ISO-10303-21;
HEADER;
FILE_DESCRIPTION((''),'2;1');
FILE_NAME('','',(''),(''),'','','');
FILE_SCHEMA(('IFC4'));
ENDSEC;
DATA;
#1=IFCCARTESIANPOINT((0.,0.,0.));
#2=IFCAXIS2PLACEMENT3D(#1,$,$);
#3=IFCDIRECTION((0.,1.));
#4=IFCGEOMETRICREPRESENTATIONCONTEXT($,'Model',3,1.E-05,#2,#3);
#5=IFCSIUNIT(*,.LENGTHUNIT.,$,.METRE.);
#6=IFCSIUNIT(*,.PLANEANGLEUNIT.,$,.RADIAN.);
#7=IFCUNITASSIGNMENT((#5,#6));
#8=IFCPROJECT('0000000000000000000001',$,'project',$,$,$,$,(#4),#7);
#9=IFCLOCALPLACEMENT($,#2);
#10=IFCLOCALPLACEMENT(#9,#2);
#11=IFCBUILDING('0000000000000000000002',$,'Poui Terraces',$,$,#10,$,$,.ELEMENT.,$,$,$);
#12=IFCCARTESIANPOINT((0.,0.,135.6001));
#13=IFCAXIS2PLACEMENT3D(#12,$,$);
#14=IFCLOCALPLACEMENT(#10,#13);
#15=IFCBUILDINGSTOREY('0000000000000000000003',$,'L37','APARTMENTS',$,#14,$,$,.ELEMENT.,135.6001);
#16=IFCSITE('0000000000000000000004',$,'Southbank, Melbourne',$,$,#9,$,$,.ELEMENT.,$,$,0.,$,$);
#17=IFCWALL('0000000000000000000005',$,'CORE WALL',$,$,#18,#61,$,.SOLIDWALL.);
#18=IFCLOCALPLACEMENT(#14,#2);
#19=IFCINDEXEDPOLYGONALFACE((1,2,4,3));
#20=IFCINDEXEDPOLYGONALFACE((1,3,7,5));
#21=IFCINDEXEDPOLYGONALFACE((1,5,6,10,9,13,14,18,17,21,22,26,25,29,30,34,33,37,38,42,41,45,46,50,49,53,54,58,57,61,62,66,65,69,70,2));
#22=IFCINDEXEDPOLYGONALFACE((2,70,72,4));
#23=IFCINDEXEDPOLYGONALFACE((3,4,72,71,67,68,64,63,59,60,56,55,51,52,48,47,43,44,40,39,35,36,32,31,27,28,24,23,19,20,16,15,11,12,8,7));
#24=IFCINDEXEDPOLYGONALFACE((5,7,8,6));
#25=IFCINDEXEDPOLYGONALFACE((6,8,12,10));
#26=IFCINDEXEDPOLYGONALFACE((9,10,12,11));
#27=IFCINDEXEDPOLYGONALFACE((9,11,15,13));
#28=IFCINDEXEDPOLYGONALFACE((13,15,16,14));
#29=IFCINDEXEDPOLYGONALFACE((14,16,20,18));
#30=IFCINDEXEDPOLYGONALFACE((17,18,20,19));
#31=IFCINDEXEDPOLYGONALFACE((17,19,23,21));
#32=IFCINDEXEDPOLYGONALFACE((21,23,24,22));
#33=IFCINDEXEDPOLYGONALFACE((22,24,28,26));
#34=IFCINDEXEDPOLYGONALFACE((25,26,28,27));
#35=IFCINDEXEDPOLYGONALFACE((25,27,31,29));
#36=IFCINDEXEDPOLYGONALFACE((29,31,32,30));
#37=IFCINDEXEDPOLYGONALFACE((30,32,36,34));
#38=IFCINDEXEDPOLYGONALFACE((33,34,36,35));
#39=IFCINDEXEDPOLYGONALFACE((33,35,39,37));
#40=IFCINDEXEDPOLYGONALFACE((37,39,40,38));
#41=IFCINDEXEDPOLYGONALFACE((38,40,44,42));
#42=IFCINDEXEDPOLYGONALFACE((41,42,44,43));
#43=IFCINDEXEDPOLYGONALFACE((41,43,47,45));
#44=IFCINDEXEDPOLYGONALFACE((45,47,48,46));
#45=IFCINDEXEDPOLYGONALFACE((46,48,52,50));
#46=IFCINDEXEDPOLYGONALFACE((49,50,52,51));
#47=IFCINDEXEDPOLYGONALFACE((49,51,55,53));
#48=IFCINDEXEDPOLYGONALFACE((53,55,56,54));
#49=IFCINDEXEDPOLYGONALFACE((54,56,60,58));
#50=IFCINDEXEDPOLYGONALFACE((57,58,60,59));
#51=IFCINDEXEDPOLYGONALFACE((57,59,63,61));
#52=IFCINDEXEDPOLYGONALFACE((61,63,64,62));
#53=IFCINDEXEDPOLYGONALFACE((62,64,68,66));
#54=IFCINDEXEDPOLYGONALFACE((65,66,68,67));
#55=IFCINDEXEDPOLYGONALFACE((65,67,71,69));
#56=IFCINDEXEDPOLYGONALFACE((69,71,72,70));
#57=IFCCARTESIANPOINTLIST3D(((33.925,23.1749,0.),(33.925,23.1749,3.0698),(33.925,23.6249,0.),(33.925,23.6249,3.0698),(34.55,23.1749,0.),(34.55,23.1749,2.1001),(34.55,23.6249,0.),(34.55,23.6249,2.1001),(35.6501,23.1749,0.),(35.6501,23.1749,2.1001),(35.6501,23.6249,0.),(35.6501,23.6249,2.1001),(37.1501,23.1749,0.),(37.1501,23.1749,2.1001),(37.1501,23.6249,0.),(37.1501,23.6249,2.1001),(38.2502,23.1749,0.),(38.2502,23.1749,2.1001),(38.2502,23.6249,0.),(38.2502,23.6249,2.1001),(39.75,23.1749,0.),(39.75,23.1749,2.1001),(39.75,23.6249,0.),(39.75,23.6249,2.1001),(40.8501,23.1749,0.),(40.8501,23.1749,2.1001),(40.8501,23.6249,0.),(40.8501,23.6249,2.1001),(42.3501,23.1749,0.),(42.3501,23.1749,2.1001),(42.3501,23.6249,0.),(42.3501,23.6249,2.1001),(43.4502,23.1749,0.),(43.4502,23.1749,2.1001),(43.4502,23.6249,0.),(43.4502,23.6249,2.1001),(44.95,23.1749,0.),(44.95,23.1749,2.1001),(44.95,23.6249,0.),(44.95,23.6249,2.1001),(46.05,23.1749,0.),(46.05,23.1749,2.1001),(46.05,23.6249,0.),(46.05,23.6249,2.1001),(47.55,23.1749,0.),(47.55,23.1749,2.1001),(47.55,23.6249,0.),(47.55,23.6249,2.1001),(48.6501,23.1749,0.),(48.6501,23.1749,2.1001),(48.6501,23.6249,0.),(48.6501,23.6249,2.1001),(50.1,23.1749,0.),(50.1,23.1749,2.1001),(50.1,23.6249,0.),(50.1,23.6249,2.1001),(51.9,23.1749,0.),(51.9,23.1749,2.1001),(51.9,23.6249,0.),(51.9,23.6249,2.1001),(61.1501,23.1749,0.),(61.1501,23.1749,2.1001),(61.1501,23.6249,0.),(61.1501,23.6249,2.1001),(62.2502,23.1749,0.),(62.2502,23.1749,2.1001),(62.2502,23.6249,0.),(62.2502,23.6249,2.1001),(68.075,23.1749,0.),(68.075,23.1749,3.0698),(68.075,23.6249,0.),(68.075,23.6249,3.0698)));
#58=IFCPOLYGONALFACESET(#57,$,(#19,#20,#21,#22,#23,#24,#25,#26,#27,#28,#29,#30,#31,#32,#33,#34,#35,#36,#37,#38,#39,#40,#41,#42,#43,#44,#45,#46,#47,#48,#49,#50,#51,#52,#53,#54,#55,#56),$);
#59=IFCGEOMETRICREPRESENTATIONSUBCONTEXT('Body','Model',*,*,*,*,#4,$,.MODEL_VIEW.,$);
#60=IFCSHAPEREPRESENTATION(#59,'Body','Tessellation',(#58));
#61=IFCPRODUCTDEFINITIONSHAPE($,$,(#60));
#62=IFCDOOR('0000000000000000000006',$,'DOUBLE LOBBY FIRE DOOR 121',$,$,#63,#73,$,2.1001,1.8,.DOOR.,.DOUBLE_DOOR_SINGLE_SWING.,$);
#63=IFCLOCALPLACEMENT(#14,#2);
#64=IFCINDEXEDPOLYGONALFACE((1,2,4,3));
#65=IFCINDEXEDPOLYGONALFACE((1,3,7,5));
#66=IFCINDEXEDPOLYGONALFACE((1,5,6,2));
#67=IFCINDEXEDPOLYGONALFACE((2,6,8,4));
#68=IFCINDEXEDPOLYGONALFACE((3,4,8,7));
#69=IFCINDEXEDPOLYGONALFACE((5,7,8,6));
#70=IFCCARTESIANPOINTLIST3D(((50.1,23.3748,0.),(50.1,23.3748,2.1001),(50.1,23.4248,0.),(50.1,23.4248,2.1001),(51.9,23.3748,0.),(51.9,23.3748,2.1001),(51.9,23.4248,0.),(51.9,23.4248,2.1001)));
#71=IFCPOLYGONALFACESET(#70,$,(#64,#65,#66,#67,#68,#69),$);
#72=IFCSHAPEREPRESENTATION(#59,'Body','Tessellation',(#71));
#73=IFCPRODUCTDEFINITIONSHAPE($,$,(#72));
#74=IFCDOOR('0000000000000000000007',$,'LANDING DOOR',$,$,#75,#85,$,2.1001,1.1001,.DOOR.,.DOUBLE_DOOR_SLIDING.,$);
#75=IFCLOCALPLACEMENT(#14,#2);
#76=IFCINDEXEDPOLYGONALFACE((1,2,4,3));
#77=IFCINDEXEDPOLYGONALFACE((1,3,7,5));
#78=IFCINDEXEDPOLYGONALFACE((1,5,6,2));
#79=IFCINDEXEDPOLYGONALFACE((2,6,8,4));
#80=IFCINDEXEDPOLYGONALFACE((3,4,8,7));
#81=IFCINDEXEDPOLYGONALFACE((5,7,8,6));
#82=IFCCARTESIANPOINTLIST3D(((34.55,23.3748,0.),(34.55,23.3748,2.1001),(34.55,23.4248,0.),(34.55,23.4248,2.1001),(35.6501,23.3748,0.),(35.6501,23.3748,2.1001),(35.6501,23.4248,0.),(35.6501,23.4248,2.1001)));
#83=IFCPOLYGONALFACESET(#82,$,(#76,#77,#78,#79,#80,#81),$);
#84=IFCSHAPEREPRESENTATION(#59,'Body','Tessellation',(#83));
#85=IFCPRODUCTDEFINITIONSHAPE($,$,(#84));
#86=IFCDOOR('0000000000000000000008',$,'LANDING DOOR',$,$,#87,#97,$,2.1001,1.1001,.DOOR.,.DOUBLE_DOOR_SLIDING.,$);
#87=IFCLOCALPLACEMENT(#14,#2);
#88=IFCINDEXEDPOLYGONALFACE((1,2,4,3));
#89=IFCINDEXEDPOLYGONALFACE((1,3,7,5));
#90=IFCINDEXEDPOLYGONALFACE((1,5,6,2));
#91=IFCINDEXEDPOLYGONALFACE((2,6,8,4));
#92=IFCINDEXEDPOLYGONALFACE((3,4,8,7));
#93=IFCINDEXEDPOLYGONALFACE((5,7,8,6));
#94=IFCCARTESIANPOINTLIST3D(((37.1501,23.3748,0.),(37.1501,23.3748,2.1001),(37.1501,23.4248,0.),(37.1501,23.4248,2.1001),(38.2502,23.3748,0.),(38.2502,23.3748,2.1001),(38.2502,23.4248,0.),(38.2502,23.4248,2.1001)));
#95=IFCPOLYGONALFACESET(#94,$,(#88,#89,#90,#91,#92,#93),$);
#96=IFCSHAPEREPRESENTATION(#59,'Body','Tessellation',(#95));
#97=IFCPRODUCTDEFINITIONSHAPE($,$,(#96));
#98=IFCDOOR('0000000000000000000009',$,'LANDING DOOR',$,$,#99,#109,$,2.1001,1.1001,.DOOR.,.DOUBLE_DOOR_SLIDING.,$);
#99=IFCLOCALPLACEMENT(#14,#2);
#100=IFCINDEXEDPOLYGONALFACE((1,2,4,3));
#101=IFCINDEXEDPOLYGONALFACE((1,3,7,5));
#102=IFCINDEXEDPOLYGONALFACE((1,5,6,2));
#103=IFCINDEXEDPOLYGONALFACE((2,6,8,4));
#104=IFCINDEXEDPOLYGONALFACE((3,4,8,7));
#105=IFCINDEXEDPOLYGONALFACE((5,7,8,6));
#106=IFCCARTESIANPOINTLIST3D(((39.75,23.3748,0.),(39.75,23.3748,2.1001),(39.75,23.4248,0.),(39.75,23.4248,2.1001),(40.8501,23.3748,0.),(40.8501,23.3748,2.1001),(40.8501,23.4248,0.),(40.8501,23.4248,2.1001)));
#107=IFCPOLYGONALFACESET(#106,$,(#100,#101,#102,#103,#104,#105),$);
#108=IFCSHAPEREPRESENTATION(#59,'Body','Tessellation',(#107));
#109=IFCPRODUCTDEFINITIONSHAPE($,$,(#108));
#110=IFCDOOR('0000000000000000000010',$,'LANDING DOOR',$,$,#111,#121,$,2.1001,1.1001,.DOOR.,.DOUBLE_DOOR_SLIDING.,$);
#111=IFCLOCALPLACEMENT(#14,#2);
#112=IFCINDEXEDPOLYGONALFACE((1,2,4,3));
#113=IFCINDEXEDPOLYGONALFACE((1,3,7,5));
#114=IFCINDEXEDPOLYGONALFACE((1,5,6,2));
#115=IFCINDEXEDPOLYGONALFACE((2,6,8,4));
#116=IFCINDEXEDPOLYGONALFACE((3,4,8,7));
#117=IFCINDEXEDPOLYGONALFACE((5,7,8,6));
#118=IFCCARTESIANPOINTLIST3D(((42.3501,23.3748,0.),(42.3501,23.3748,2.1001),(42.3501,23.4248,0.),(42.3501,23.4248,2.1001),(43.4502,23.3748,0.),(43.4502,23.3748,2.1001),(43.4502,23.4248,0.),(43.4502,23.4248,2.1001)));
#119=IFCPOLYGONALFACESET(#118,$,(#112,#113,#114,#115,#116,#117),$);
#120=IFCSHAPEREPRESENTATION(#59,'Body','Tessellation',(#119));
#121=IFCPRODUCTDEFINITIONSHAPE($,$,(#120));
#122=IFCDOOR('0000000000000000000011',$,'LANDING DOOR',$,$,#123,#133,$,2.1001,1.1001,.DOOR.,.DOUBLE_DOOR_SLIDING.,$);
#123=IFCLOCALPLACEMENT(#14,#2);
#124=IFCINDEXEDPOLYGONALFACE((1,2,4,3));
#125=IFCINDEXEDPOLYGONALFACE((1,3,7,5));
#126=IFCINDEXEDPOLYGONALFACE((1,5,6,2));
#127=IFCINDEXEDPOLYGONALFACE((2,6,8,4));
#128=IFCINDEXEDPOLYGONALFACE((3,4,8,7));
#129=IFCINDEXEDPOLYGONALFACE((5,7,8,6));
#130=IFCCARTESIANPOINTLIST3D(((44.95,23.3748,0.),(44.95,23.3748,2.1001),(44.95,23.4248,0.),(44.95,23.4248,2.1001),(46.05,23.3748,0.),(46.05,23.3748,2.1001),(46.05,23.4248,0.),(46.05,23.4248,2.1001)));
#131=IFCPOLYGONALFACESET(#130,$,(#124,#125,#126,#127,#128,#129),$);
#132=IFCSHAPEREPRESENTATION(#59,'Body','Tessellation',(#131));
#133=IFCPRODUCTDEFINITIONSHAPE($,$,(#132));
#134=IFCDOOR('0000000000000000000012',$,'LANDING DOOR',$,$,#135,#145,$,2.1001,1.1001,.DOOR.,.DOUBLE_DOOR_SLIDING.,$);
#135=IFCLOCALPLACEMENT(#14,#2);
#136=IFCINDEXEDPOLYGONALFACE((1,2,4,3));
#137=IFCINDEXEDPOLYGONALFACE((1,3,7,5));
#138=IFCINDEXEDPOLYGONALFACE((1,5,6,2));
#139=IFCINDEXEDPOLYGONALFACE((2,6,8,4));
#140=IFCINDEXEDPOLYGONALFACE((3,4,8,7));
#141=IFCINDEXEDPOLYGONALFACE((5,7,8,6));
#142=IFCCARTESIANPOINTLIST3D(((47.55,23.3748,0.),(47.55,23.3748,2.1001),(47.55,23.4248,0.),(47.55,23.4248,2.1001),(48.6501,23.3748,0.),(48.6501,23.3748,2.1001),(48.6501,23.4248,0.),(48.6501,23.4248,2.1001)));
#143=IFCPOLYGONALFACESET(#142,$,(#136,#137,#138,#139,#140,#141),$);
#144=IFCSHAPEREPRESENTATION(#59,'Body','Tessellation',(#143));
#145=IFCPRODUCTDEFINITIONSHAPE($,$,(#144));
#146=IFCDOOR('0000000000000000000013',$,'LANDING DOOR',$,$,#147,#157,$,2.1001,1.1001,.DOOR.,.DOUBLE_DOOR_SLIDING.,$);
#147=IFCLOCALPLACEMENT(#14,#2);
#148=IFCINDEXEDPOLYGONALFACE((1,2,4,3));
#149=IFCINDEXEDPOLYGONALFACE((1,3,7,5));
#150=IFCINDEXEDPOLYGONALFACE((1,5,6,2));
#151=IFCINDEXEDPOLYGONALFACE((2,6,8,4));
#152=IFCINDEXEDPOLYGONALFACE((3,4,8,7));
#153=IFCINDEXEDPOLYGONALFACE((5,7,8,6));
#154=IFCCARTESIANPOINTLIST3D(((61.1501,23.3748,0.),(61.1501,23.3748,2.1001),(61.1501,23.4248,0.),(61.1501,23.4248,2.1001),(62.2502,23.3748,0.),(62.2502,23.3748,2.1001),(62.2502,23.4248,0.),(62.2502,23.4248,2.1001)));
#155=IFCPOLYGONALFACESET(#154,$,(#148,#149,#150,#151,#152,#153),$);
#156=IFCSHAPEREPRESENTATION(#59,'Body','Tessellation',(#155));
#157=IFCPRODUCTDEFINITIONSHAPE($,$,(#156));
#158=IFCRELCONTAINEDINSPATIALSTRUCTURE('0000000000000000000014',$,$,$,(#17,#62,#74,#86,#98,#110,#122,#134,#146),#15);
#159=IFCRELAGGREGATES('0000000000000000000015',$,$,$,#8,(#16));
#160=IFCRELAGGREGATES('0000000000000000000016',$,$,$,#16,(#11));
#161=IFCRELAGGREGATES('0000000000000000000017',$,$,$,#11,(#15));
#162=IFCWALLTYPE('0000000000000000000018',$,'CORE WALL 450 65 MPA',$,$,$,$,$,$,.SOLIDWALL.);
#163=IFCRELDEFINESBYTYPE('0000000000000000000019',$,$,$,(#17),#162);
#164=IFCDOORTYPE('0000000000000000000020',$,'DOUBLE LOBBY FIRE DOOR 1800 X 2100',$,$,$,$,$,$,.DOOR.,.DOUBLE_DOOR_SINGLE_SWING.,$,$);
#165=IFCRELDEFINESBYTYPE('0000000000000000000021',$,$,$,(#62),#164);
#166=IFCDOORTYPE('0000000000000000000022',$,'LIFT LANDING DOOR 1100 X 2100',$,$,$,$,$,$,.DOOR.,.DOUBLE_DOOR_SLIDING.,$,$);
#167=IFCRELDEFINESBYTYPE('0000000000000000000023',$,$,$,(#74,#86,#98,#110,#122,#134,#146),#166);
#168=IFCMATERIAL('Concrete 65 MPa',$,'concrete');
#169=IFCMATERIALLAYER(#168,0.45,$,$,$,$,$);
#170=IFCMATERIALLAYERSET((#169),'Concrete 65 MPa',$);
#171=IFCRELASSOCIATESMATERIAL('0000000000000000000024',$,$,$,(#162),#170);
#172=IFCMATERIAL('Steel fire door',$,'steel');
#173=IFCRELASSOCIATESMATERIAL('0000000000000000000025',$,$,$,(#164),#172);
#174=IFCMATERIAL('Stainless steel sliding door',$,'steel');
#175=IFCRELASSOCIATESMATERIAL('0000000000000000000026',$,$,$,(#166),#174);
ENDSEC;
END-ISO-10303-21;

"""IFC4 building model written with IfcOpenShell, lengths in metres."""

from ifc_helpers import new_model, si_unit, direction, frame, frame_2d, origin, place, context, subcontext, project, spatial, rectangle, extrude, material, layer, layer_set, type_object, element, fill, save


model = new_model("IFC4")

# Units and contexts
model_context = context("Model", 3, precision=1e-05, world=origin(), true_north=direction((0.0, 1.0)))
body_context = subcontext(model_context, "Body", "Model", "MODEL_VIEW")
ifc_project = project(units=[si_unit("LENGTHUNIT", "METRE"), si_unit("PLANEANGLEUNIT", "RADIAN")], contexts=[model_context])

# Site, building, storey
site_placement = place(None, origin())
site = spatial("IfcSite", under=ifc_project, at=site_placement, Name="Southbank, Melbourne", CompositionType="ELEMENT", RefElevation=0.0)
building_placement = place(site_placement, origin())
building = spatial("IfcBuilding", under=site, at=building_placement, Name="Poui Terraces", CompositionType="ELEMENT")
storey_placement = place(building_placement, frame((0.0, 0.0, 135.6001)))
storey = spatial("IfcBuildingStorey", under=building, at=storey_placement, Name="L37", Description="APARTMENTS", CompositionType="ELEMENT", Elevation=135.6001)

# Wall, openings, doors
ifc_material_1 = material(Name="Concrete 65 MPa", Category="concrete")
ifc_layer_1 = layer(ifc_material_1, 0.45)
ifc_layer_set_1 = layer_set([ifc_layer_1], Name="Concrete 65 MPa")
wall_type_1 = type_object("IfcWallType", Name="CORE WALL 450 65 MPA", PredefinedType="SOLIDWALL", material=ifc_layer_set_1)
ifc_material_2 = material(Name="Steel fire door", Category="steel")
door_type_1 = type_object("IfcDoorType", Name="DOUBLE LOBBY FIRE DOOR 1800 X 2100", OperationType="DOUBLE_DOOR_SINGLE_SWING", PredefinedType="DOOR", material=ifc_material_2)
wall_1_placement = place(storey_placement, frame((33.925, 23.3999, 0.0), z_axis=(0.0, 0.0, 1.0), x_axis=(1.0, 0.0, 0.0)))
wall_1 = element("IfcWall", 1, at=wall_1_placement, inside=storey, type_object=wall_type_1, Name="CORE WALL", PredefinedType="SOLIDWALL", context=body_context, shape_type="SweptSolid", body=[
    extrude(rectangle(XDim=34.1499, YDim=0.45, at=frame_2d((17.075, 0.0))), origin(), (0.0, 0.0, 1.0), 3.0698),
])
opening_1_placement = place(wall_1_placement, frame((16.175, 0.0, 0.0)))
opening_1 = element("IfcOpeningElement", 2, at=opening_1_placement, cuts=wall_1, PredefinedType="OPENING", context=body_context, shape_type="SweptSolid", body=[
    extrude(rectangle(XDim=1.8, YDim=2.1001, at=frame_2d((0.8999, 1.05))), frame((0.0, 0.2349, 0.0), z_axis=(0.0, -1.0, 0.0), x_axis=(1.0, 0.0, 0.0)), (0.0, 0.0, 1.0), 0.47),
])
opening_2_placement = place(wall_1_placement, frame((0.625, 0.0, 0.0)))
opening_2 = element("IfcOpeningElement", 3, at=opening_2_placement, cuts=wall_1, PredefinedType="OPENING", context=body_context, shape_type="SweptSolid", body=[
    extrude(rectangle(XDim=1.1001, YDim=2.1001, at=frame_2d((0.55, 1.05))), frame((0.0, 0.2349, 0.0), z_axis=(0.0, -1.0, 0.0), x_axis=(1.0, 0.0, 0.0)), (0.0, 0.0, 1.0), 0.47),
])
opening_3_placement = place(wall_1_placement, frame((3.2251, 0.0, 0.0)))
opening_3 = element("IfcOpeningElement", 4, at=opening_3_placement, cuts=wall_1, PredefinedType="OPENING", context=body_context, shape_type="SweptSolid", body=[
    extrude(rectangle(XDim=1.1001, YDim=2.1001, at=frame_2d((0.55, 1.05))), frame((0.0, 0.2349, 0.0), z_axis=(0.0, -1.0, 0.0), x_axis=(1.0, 0.0, 0.0)), (0.0, 0.0, 1.0), 0.47),
])
opening_4_placement = place(wall_1_placement, frame((5.825, 0.0, 0.0)))
opening_4 = element("IfcOpeningElement", 5, at=opening_4_placement, cuts=wall_1, PredefinedType="OPENING", context=body_context, shape_type="SweptSolid", body=[
    extrude(rectangle(XDim=1.1001, YDim=2.1001, at=frame_2d((0.55, 1.05))), frame((0.0, 0.2349, 0.0), z_axis=(0.0, -1.0, 0.0), x_axis=(1.0, 0.0, 0.0)), (0.0, 0.0, 1.0), 0.47),
])
opening_5_placement = place(wall_1_placement, frame((8.425, 0.0, 0.0)))
opening_5 = element("IfcOpeningElement", 6, at=opening_5_placement, cuts=wall_1, PredefinedType="OPENING", context=body_context, shape_type="SweptSolid", body=[
    extrude(rectangle(XDim=1.1001, YDim=2.1001, at=frame_2d((0.55, 1.05))), frame((0.0, 0.2349, 0.0), z_axis=(0.0, -1.0, 0.0), x_axis=(1.0, 0.0, 0.0)), (0.0, 0.0, 1.0), 0.47),
])
opening_6_placement = place(wall_1_placement, frame((11.0249, 0.0, 0.0)))
opening_6 = element("IfcOpeningElement", 7, at=opening_6_placement, cuts=wall_1, PredefinedType="OPENING", context=body_context, shape_type="SweptSolid", body=[
    extrude(rectangle(XDim=1.1001, YDim=2.1001, at=frame_2d((0.55, 1.05))), frame((0.0, 0.2349, 0.0), z_axis=(0.0, -1.0, 0.0), x_axis=(1.0, 0.0, 0.0)), (0.0, 0.0, 1.0), 0.47),
])
opening_7_placement = place(wall_1_placement, frame((13.625, 0.0, 0.0)))
opening_7 = element("IfcOpeningElement", 8, at=opening_7_placement, cuts=wall_1, PredefinedType="OPENING", context=body_context, shape_type="SweptSolid", body=[
    extrude(rectangle(XDim=1.1001, YDim=2.1001, at=frame_2d((0.55, 1.05))), frame((0.0, 0.2349, 0.0), z_axis=(0.0, -1.0, 0.0), x_axis=(1.0, 0.0, 0.0)), (0.0, 0.0, 1.0), 0.47),
])
opening_8_placement = place(wall_1_placement, frame((27.2251, 0.0, 0.0)))
opening_8 = element("IfcOpeningElement", 9, at=opening_8_placement, cuts=wall_1, PredefinedType="OPENING", context=body_context, shape_type="SweptSolid", body=[
    extrude(rectangle(XDim=1.1001, YDim=2.1001, at=frame_2d((0.55, 1.05))), frame((0.0, 0.2349, 0.0), z_axis=(0.0, -1.0, 0.0), x_axis=(1.0, 0.0, 0.0)), (0.0, 0.0, 1.0), 0.47),
])
door_1_placement = place(opening_1_placement, origin())
door_1 = element("IfcDoor", 10, at=door_1_placement, inside=storey, type_object=door_type_1, Name="DOUBLE LOBBY FIRE DOOR 121", OperationType="DOUBLE_DOOR_SINGLE_SWING", OverallHeight=2.1001, OverallWidth=1.8, PredefinedType="DOOR", context=body_context, shape_type="SweptSolid", body=[
    extrude(rectangle(XDim=1.8, YDim=2.1001, at=frame_2d((0.8999, 1.05))), frame((0.0, 0.0249, 0.0), z_axis=(0.0, -1.0, 0.0), x_axis=(1.0, 0.0, 0.0)), (0.0, 0.0, 1.0), 0.05),
])
fill(opening_1, door_1)
ifc_material_3 = material(Name="Stainless steel sliding door", Category="steel")
door_type_2 = type_object("IfcDoorType", Name="LIFT LANDING DOOR 1100 X 2100", OperationType="DOUBLE_DOOR_SLIDING", PredefinedType="DOOR", material=ifc_material_3)
door_2_placement = place(opening_2_placement, origin())
door_2 = element("IfcDoor", 11, at=door_2_placement, inside=storey, type_object=door_type_2, Name="LANDING DOOR", OperationType="DOUBLE_DOOR_SLIDING", OverallHeight=2.1001, OverallWidth=1.1001, PredefinedType="DOOR", context=body_context, shape_type="SweptSolid", body=[
    extrude(rectangle(XDim=1.1001, YDim=2.1001, at=frame_2d((0.55, 1.05))), frame((0.0, 0.0249, 0.0), z_axis=(0.0, -1.0, 0.0), x_axis=(1.0, 0.0, 0.0)), (0.0, 0.0, 1.0), 0.05),
])
fill(opening_2, door_2)
door_3_placement = place(opening_3_placement, origin())
door_3 = element("IfcDoor", 12, at=door_3_placement, inside=storey, type_object=door_type_2, Name="LANDING DOOR", OperationType="DOUBLE_DOOR_SLIDING", OverallHeight=2.1001, OverallWidth=1.1001, PredefinedType="DOOR", context=body_context, shape_type="SweptSolid", body=[
    extrude(rectangle(XDim=1.1001, YDim=2.1001, at=frame_2d((0.55, 1.05))), frame((0.0, 0.0249, 0.0), z_axis=(0.0, -1.0, 0.0), x_axis=(1.0, 0.0, 0.0)), (0.0, 0.0, 1.0), 0.05),
])
fill(opening_3, door_3)
door_4_placement = place(opening_4_placement, origin())
door_4 = element("IfcDoor", 13, at=door_4_placement, inside=storey, type_object=door_type_2, Name="LANDING DOOR", OperationType="DOUBLE_DOOR_SLIDING", OverallHeight=2.1001, OverallWidth=1.1001, PredefinedType="DOOR", context=body_context, shape_type="SweptSolid", body=[
    extrude(rectangle(XDim=1.1001, YDim=2.1001, at=frame_2d((0.55, 1.05))), frame((0.0, 0.0249, 0.0), z_axis=(0.0, -1.0, 0.0), x_axis=(1.0, 0.0, 0.0)), (0.0, 0.0, 1.0), 0.05),
])
fill(opening_4, door_4)
door_5_placement = place(opening_5_placement, origin())
door_5 = element("IfcDoor", 14, at=door_5_placement, inside=storey, type_object=door_type_2, Name="LANDING DOOR", OperationType="DOUBLE_DOOR_SLIDING", OverallHeight=2.1001, OverallWidth=1.1001, PredefinedType="DOOR", context=body_context, shape_type="SweptSolid", body=[
    extrude(rectangle(XDim=1.1001, YDim=2.1001, at=frame_2d((0.55, 1.05))), frame((0.0, 0.0249, 0.0), z_axis=(0.0, -1.0, 0.0), x_axis=(1.0, 0.0, 0.0)), (0.0, 0.0, 1.0), 0.05),
])
fill(opening_5, door_5)
door_6_placement = place(opening_6_placement, origin())
door_6 = element("IfcDoor", 15, at=door_6_placement, inside=storey, type_object=door_type_2, Name="LANDING DOOR", OperationType="DOUBLE_DOOR_SLIDING", OverallHeight=2.1001, OverallWidth=1.1001, PredefinedType="DOOR", context=body_context, shape_type="SweptSolid", body=[
    extrude(rectangle(XDim=1.1001, YDim=2.1001, at=frame_2d((0.55, 1.05))), frame((0.0, 0.0249, 0.0), z_axis=(0.0, -1.0, 0.0), x_axis=(1.0, 0.0, 0.0)), (0.0, 0.0, 1.0), 0.05),
])
fill(opening_6, door_6)
door_7_placement = place(opening_7_placement, origin())
door_7 = element("IfcDoor", 16, at=door_7_placement, inside=storey, type_object=door_type_2, Name="LANDING DOOR", OperationType="DOUBLE_DOOR_SLIDING", OverallHeight=2.1001, OverallWidth=1.1001, PredefinedType="DOOR", context=body_context, shape_type="SweptSolid", body=[
    extrude(rectangle(XDim=1.1001, YDim=2.1001, at=frame_2d((0.55, 1.05))), frame((0.0, 0.0249, 0.0), z_axis=(0.0, -1.0, 0.0), x_axis=(1.0, 0.0, 0.0)), (0.0, 0.0, 1.0), 0.05),
])
fill(opening_7, door_7)
door_8_placement = place(opening_8_placement, origin())
door_8 = element("IfcDoor", 17, at=door_8_placement, inside=storey, type_object=door_type_2, Name="LANDING DOOR", OperationType="DOUBLE_DOOR_SLIDING", OverallHeight=2.1001, OverallWidth=1.1001, PredefinedType="DOOR", context=body_context, shape_type="SweptSolid", body=[
    extrude(rectangle(XDim=1.1001, YDim=2.1001, at=frame_2d((0.55, 1.05))), frame((0.0, 0.0249, 0.0), z_axis=(0.0, -1.0, 0.0), x_axis=(1.0, 0.0, 0.0)), (0.0, 0.0, 1.0), 0.05),
])
fill(opening_8, door_8)

save(model, "model.ifc")
